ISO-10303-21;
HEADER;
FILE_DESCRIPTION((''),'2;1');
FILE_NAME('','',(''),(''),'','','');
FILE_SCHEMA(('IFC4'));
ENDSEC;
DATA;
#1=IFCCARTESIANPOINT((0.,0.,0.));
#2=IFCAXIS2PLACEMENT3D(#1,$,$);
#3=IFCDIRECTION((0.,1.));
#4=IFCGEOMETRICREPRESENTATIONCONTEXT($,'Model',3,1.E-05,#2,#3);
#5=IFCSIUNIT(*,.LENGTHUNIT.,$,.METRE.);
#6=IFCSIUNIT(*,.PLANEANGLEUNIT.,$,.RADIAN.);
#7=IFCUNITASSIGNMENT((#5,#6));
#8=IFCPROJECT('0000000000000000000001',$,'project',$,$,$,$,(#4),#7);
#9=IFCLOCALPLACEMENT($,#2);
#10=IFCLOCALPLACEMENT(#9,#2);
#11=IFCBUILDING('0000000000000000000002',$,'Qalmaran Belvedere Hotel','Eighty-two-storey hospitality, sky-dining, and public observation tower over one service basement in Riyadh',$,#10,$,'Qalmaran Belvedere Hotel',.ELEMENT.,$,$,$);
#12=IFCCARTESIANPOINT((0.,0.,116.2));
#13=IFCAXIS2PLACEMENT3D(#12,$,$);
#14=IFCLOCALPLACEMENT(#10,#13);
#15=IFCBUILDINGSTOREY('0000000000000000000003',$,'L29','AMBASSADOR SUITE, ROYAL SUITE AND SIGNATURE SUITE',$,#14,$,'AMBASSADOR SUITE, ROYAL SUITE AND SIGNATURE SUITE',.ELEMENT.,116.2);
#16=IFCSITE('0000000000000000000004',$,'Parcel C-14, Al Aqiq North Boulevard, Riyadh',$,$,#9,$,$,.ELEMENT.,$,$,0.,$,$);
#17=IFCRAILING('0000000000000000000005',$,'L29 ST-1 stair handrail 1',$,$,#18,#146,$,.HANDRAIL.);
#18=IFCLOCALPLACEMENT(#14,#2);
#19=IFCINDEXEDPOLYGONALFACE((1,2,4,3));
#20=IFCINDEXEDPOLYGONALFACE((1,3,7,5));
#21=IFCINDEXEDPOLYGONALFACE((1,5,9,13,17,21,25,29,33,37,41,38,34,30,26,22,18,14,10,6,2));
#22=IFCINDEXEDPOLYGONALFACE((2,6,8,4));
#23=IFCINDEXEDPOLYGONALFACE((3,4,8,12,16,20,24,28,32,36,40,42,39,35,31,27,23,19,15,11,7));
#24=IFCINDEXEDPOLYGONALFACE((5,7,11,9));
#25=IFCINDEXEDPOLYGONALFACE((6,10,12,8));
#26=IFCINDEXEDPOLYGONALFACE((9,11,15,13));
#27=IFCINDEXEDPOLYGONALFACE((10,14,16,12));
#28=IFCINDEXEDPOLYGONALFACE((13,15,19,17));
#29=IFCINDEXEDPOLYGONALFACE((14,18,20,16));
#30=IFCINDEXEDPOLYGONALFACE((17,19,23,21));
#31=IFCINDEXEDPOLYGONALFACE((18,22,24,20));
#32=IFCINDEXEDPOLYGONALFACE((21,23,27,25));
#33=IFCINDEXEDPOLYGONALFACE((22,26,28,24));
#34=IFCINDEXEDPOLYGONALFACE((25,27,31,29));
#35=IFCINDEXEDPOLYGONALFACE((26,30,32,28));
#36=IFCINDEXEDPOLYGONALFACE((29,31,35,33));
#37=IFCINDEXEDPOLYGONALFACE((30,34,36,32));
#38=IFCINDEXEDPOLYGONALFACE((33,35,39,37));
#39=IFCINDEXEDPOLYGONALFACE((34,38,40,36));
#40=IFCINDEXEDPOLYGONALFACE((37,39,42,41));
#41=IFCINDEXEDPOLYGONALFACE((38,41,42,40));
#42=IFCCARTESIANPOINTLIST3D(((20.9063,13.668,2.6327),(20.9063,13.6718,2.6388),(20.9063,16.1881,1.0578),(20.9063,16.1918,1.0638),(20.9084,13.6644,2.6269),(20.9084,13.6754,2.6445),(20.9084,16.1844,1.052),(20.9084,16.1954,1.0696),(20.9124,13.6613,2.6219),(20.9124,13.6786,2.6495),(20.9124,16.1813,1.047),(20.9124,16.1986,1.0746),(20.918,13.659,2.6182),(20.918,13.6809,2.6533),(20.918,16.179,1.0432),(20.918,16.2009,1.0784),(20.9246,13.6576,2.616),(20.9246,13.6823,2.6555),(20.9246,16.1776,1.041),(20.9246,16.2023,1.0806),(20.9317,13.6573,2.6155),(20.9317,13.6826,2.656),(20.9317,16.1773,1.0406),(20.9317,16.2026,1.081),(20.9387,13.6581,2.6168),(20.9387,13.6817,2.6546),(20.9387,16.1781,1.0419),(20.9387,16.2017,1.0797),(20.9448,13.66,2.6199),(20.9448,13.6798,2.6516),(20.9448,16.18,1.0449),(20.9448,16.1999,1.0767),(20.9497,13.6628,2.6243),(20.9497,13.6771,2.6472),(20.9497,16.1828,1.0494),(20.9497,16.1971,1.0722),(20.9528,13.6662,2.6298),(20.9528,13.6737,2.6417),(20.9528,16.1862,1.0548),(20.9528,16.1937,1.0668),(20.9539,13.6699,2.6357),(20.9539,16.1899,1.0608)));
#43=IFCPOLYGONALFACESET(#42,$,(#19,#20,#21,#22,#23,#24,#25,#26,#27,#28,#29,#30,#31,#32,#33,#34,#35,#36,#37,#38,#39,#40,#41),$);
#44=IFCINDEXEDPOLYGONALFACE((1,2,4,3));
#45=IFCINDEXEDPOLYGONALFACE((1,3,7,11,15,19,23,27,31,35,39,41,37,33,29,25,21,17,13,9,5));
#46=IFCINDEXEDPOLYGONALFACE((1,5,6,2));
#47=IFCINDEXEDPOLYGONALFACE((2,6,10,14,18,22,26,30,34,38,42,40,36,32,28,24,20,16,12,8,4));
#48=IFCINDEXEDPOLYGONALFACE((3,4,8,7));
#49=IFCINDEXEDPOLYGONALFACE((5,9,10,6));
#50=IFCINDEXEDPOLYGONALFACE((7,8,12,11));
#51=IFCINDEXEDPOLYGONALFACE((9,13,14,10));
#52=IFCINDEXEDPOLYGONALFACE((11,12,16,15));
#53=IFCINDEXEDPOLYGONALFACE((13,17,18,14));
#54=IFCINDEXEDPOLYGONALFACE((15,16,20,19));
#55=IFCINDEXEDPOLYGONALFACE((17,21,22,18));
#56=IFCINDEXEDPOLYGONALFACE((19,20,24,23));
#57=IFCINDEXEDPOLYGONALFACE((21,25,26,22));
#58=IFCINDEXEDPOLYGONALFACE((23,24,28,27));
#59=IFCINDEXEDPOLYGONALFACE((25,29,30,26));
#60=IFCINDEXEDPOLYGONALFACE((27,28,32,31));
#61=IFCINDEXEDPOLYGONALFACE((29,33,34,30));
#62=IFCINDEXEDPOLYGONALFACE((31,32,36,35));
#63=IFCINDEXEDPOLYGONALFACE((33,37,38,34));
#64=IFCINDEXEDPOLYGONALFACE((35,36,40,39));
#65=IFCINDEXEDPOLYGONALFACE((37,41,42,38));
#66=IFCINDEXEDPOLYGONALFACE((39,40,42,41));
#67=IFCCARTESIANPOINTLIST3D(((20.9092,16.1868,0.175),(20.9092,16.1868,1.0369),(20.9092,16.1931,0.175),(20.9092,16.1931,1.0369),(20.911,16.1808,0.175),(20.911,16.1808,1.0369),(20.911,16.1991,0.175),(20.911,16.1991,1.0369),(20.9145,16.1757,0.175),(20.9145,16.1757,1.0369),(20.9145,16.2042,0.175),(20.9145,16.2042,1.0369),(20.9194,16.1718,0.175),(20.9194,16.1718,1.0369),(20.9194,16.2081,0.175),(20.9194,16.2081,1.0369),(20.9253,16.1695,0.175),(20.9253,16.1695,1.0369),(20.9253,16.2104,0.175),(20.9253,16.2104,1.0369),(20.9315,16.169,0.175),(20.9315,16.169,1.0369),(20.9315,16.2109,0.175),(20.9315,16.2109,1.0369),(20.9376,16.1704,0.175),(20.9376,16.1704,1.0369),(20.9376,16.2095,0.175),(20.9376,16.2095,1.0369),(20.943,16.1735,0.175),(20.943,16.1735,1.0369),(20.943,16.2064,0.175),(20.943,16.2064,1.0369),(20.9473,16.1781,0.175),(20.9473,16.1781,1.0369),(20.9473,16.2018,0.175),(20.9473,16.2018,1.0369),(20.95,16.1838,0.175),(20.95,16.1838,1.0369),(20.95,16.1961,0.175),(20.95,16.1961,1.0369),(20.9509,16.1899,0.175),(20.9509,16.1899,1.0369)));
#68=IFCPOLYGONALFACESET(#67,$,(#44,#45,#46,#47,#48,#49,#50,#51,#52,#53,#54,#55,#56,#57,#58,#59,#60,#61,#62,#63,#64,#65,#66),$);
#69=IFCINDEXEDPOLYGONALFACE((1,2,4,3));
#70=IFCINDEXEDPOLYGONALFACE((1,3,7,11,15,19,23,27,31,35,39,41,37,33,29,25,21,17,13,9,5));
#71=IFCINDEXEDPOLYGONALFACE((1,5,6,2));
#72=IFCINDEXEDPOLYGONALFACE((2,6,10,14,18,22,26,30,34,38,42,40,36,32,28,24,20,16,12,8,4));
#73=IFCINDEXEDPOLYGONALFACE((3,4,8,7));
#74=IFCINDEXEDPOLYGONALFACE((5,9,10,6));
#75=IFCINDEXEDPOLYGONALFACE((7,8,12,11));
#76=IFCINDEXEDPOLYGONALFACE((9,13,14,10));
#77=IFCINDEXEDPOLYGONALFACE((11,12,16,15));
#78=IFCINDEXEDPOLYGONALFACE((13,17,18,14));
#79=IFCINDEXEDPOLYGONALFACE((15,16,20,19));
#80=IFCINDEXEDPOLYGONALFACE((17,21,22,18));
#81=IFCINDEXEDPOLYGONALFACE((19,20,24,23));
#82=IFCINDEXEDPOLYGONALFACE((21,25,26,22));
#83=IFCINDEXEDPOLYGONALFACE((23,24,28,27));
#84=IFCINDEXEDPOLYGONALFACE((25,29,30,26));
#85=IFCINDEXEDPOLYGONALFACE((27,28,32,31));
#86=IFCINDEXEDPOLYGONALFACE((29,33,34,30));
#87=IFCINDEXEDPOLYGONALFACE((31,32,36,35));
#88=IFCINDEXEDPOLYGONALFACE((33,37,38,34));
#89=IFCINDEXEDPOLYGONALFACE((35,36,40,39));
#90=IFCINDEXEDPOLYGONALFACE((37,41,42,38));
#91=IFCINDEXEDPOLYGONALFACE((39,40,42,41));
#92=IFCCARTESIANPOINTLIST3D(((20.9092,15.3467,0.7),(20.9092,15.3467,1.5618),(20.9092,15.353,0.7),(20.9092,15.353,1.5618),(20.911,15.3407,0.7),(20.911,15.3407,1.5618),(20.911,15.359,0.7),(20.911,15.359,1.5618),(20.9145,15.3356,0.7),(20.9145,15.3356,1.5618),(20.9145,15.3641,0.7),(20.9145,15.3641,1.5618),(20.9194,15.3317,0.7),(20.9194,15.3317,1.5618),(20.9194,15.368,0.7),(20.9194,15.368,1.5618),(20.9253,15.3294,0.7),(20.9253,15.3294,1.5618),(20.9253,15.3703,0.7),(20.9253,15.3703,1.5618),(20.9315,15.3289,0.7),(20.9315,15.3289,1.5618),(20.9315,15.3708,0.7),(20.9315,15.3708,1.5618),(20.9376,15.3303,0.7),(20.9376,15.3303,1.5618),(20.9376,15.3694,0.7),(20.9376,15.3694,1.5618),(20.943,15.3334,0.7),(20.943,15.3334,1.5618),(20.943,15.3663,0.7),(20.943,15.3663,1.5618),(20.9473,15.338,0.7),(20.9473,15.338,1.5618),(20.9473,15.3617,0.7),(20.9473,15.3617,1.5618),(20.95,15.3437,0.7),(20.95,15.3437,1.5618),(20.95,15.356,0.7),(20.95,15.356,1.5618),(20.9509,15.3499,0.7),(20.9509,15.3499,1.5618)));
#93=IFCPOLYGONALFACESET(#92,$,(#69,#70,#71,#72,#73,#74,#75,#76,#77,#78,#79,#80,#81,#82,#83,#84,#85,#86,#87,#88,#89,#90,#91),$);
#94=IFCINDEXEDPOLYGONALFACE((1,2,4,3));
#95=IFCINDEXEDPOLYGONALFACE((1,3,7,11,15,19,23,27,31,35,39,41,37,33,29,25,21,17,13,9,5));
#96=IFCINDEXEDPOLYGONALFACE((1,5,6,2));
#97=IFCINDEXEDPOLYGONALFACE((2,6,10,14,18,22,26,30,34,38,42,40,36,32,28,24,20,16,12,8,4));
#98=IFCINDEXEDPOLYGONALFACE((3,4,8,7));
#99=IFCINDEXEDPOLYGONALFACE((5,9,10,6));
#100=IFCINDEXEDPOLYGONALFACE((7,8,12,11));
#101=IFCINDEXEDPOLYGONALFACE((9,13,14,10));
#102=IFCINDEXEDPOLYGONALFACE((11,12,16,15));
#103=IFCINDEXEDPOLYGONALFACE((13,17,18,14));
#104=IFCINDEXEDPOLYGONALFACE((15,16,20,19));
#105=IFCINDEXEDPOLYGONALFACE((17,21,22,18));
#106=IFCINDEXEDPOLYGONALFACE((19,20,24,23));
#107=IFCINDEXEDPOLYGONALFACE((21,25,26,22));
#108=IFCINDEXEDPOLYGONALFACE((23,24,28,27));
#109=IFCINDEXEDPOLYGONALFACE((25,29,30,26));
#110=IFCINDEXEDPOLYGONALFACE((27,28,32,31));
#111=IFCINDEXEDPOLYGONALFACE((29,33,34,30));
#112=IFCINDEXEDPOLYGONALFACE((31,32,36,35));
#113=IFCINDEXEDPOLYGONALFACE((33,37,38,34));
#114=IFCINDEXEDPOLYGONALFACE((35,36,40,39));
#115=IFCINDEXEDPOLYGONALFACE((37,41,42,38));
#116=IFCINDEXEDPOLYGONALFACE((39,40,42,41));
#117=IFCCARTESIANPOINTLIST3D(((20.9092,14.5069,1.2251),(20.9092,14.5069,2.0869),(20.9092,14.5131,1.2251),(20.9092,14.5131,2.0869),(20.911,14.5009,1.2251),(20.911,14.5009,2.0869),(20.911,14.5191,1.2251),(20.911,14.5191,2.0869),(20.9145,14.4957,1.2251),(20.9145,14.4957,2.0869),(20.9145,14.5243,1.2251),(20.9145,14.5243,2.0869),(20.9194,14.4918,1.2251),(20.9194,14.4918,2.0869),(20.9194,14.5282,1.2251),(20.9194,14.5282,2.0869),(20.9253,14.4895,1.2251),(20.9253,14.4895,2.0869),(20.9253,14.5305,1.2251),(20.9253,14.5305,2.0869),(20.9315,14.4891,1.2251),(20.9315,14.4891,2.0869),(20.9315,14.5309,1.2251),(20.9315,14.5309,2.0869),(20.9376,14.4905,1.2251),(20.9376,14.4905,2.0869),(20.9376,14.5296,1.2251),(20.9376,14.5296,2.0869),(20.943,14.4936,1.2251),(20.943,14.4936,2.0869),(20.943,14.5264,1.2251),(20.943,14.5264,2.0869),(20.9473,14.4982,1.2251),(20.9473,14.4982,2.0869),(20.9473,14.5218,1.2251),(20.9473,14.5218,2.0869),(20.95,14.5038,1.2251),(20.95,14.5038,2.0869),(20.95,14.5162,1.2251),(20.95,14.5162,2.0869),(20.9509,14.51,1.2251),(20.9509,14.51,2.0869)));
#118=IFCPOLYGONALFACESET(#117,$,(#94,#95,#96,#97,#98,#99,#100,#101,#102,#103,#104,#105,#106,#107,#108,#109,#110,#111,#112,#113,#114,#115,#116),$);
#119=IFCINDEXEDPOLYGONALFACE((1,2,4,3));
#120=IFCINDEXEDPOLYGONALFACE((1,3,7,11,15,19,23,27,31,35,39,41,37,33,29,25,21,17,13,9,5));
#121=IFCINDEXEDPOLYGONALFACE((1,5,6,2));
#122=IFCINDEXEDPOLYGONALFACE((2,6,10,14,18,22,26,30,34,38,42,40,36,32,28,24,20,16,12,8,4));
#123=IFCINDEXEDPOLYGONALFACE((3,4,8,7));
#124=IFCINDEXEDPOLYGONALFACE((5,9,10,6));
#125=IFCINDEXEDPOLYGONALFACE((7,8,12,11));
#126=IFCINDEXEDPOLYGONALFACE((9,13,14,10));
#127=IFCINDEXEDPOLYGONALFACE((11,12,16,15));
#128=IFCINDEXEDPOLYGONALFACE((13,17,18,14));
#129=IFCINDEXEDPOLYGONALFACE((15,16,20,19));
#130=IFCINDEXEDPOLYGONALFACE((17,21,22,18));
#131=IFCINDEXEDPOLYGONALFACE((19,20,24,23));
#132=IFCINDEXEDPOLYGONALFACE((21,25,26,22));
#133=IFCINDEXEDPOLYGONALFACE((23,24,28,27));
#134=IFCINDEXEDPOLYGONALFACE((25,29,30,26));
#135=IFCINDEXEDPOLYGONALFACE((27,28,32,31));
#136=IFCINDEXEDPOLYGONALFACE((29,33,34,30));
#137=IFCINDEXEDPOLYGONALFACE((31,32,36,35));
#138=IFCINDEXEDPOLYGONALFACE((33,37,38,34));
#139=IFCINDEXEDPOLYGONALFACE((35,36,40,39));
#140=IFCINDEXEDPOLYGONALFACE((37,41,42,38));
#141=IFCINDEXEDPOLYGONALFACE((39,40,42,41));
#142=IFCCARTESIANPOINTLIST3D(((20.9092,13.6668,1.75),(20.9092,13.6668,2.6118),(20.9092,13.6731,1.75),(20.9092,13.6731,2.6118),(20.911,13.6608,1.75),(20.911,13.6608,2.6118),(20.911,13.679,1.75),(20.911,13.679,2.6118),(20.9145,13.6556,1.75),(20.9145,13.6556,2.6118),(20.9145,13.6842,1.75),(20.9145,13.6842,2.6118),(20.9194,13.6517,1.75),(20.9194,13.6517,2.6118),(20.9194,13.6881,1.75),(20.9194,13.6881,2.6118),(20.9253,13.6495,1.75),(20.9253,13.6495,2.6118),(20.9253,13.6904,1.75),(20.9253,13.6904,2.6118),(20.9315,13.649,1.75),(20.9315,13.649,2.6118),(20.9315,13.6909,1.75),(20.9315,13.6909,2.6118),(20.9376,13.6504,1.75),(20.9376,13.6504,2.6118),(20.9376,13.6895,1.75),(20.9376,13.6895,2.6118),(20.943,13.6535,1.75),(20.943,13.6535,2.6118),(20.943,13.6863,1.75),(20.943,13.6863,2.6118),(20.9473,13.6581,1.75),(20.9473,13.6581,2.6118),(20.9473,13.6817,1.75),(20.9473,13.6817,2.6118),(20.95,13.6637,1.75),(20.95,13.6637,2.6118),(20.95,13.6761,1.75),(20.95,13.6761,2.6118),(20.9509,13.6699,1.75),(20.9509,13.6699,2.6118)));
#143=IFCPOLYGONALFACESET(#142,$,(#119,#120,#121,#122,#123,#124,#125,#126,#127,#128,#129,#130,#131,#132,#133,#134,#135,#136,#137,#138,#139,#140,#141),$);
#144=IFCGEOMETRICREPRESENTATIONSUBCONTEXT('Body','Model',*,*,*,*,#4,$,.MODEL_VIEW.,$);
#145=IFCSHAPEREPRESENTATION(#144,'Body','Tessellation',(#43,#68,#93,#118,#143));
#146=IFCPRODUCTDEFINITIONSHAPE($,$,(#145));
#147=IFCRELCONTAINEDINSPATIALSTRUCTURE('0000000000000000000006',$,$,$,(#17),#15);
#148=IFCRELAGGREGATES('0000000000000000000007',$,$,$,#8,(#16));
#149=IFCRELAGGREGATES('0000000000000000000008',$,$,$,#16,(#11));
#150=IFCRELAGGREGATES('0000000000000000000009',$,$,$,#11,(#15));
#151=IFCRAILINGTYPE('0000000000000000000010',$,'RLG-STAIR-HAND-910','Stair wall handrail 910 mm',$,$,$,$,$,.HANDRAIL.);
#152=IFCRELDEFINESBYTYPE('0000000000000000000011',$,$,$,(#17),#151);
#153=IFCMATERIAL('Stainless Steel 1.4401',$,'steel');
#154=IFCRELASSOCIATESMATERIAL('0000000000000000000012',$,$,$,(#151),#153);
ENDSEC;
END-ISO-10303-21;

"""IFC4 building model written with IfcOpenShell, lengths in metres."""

from ifc_helpers import new_model, si_unit, direction, frame, origin, origin_2d, place, context, subcontext, project, spatial, circle, extrude, material, type_object, element, save


model = new_model("IFC4")

# Units and contexts
model_context = context("Model", 3, precision=1e-05, world=origin(), true_north=direction((0.0, 1.0)))
body_context = subcontext(model_context, "Body", "Model", "MODEL_VIEW")
ifc_project = project(units=[si_unit("LENGTHUNIT", "METRE"), si_unit("PLANEANGLEUNIT", "RADIAN")], contexts=[model_context])

# Site, building, storey
site_placement = place(None, origin())
site = spatial("IfcSite", under=ifc_project, at=site_placement, Name="Parcel C-14, Al Aqiq North Boulevard, Riyadh", CompositionType="ELEMENT", RefElevation=0.0)
building_placement = place(site_placement, origin())
building = spatial("IfcBuilding", under=site, at=building_placement, Name="Qalmaran Belvedere Hotel", Description="Eighty-two-storey hospitality, sky-dining, and public observation tower over one service basement in Riyadh", LongName="Qalmaran Belvedere Hotel", CompositionType="ELEMENT")
storey_placement = place(building_placement, frame((0.0, 0.0, 116.2)))
storey = spatial("IfcBuildingStorey", under=building, at=storey_placement, Name="L29", Description="AMBASSADOR SUITE, ROYAL SUITE AND SIGNATURE SUITE", LongName="AMBASSADOR SUITE, ROYAL SUITE AND SIGNATURE SUITE", CompositionType="ELEMENT", Elevation=116.2)

# Shared definitions
ifc_material_1 = material(Name="Stainless Steel 1.4401", Category="steel")

# Railing
railing_type_1 = type_object("IfcRailingType", Name="RLG-STAIR-HAND-910", Description="Stair wall handrail 910 mm", PredefinedType="HANDRAIL", material=ifc_material_1)
railing_1_placement = place(storey_placement, frame((20.9299, 16.1899, 0.175)))
element("IfcRailing", 1, at=railing_1_placement, inside=storey, type_object=railing_type_1, Name="L29 ST-1 stair handrail 1", PredefinedType="HANDRAIL", context=body_context, shape_type="SweptSolid", body=[
    extrude(circle(Radius=0.0239, at=origin_2d()), frame((0.0, 0.0, 0.8857), z_axis=(0.0, -0.848008, 0.529984), x_axis=(1.0, 0.0, 0.0)), (0.0, 0.0, 1.0), 2.9717),
    extrude(circle(Radius=0.021, at=origin_2d()), origin(), (0.0, 0.0, 1.0), 0.8618),
    extrude(circle(Radius=0.021, at=origin_2d()), frame((0.0, -0.8401, 0.5249)), (0.0, 0.0, 1.0), 0.8618),
    extrude(circle(Radius=0.021, at=origin_2d()), frame((0.0, -1.6799, 1.05)), (0.0, 0.0, 1.0), 0.8618),
    extrude(circle(Radius=0.021, at=origin_2d()), frame((0.0, -2.52, 1.575)), (0.0, 0.0, 1.0), 0.8618),
])

save(model, "model.ifc")
